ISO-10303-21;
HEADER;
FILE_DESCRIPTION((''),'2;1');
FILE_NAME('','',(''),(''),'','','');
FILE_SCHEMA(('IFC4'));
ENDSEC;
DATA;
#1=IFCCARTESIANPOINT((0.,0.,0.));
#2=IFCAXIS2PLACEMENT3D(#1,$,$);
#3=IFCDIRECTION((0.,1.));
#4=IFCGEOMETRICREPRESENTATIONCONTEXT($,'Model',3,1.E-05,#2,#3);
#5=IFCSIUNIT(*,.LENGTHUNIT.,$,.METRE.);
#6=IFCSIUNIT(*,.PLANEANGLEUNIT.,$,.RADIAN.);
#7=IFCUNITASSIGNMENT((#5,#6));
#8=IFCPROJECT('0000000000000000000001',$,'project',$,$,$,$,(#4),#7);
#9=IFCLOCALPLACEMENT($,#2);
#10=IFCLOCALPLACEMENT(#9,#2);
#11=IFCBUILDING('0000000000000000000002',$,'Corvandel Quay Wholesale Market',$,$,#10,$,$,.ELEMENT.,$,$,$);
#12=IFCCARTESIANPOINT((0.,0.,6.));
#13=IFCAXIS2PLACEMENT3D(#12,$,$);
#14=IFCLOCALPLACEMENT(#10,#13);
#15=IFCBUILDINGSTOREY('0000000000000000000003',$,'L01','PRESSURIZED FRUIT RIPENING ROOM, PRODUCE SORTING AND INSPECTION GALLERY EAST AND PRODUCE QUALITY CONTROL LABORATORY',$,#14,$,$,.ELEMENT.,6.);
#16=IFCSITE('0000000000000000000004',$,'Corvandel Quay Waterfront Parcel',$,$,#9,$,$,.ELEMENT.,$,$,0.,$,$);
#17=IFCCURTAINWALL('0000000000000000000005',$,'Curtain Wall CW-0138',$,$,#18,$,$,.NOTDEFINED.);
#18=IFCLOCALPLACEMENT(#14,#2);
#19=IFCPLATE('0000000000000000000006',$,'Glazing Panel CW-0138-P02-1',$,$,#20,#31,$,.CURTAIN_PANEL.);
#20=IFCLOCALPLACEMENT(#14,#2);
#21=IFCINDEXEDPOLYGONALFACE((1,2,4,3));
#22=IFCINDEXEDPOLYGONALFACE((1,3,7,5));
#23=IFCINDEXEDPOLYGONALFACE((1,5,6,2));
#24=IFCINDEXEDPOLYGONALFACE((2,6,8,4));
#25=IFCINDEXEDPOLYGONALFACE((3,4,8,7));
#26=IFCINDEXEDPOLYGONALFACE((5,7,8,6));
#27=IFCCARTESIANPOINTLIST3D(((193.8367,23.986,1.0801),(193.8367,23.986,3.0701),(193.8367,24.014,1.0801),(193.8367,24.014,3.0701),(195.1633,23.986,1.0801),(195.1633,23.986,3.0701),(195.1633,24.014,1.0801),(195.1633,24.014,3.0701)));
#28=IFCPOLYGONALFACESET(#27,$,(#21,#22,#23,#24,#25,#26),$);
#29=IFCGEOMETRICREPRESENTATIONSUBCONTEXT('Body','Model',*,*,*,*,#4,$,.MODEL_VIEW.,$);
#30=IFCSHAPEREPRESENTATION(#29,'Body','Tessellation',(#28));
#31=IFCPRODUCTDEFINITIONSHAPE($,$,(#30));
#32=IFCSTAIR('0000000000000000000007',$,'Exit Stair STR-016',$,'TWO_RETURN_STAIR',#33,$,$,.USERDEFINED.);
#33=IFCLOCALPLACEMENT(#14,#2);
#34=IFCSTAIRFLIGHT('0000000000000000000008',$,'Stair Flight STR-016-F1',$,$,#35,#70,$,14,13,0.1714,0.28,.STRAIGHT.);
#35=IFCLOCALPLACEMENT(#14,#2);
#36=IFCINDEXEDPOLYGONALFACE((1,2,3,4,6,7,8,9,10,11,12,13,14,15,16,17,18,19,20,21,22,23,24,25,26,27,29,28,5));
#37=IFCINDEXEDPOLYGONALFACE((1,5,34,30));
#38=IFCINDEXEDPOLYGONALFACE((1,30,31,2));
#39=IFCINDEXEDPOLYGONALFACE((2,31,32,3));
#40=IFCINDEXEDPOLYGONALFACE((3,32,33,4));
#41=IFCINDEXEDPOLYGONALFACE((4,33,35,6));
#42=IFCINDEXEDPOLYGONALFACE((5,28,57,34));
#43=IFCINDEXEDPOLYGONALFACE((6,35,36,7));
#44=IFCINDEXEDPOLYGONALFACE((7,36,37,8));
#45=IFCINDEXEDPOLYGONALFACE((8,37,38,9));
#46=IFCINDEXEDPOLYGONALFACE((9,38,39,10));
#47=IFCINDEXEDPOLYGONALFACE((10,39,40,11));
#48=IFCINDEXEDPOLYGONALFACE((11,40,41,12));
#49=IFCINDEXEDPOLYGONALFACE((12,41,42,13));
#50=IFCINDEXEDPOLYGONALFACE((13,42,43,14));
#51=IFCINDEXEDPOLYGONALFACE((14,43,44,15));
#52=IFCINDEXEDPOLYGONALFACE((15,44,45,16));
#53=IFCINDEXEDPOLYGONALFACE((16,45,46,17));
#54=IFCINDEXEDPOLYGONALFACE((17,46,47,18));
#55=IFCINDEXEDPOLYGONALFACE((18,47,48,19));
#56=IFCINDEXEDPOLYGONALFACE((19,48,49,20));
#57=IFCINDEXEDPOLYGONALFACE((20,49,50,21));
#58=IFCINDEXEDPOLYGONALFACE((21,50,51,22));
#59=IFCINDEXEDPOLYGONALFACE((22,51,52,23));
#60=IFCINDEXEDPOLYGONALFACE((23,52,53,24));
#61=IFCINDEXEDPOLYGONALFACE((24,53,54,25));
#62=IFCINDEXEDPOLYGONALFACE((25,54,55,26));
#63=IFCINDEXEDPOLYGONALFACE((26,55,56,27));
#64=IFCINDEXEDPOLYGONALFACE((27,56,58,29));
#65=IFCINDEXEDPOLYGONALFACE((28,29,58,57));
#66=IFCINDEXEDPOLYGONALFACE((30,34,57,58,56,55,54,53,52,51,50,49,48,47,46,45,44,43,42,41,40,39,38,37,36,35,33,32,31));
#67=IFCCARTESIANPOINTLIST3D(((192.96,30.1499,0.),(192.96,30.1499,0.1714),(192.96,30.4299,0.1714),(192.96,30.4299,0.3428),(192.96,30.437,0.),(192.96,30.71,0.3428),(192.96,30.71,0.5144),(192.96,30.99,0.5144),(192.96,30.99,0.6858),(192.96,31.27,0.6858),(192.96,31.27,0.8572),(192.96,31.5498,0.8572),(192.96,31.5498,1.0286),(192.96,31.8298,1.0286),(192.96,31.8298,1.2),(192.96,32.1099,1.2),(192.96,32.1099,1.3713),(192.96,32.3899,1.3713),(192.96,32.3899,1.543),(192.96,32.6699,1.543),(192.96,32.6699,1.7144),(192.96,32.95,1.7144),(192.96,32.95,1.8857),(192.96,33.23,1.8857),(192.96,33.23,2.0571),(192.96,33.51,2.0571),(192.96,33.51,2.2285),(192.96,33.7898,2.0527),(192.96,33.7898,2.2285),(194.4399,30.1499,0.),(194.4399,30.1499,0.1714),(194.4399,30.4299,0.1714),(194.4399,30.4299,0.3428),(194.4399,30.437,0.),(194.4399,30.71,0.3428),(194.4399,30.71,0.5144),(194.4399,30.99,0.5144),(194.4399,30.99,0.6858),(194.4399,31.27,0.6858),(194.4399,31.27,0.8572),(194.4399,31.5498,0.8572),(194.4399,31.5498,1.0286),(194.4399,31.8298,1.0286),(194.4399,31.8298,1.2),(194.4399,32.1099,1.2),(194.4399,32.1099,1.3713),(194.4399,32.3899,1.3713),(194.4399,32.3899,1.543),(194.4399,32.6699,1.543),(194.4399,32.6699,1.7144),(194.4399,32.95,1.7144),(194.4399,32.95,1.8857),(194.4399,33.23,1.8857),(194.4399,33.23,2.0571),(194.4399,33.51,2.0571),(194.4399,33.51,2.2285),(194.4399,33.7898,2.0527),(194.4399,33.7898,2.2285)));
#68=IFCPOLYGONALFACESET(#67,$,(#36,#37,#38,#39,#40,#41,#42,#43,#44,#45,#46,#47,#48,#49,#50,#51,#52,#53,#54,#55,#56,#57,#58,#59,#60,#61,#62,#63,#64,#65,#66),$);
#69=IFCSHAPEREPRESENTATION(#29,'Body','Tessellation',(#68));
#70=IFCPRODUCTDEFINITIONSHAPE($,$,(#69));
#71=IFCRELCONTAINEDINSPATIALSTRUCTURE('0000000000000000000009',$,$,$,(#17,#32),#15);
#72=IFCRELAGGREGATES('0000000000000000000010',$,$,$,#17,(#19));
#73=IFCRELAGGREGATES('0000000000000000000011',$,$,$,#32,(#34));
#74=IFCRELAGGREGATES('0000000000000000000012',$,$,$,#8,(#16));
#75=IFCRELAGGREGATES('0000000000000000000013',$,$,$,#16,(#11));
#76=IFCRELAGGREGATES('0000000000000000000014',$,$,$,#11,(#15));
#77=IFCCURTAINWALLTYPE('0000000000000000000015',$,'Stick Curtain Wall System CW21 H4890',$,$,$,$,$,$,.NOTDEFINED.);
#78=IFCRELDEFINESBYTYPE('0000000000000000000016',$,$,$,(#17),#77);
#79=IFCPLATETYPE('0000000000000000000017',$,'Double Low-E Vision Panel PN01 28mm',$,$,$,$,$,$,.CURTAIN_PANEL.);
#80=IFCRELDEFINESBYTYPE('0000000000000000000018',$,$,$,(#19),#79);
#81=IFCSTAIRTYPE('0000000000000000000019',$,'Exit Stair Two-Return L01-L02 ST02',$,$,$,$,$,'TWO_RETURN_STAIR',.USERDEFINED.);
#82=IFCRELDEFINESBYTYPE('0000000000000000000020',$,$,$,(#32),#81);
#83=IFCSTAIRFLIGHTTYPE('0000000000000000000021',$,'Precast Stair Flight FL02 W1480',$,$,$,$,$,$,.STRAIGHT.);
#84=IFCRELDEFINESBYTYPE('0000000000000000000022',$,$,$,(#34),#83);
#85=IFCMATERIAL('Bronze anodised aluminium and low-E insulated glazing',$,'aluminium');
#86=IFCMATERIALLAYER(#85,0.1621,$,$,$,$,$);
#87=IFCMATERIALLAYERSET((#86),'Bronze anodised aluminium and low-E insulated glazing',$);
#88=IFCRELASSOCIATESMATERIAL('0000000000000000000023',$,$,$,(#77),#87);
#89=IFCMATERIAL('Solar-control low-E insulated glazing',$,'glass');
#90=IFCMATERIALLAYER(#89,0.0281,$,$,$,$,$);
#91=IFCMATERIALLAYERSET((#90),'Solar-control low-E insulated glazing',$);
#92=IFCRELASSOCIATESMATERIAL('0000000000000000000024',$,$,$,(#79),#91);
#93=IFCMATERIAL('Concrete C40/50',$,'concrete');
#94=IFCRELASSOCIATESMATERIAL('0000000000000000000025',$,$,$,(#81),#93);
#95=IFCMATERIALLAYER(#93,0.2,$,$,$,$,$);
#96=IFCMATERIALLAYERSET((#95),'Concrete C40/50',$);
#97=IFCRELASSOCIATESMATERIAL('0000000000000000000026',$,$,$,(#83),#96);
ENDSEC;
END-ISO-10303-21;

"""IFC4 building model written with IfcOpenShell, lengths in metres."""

from ifc_helpers import new_model, si_unit, direction, frame, origin, origin_2d, place, context, subcontext, project, spatial, polyline, rectangle, outline, extrude, material, layer, layer_set, type_object, element, aggregate, save


model = new_model("IFC4")

# Units and contexts
model_context = context("Model", 3, precision=1e-05, world=origin(), true_north=direction((0.0, 1.0)))
body_context = subcontext(model_context, "Body", "Model", "MODEL_VIEW")
ifc_project = project(units=[si_unit("LENGTHUNIT", "METRE"), si_unit("PLANEANGLEUNIT", "RADIAN")], contexts=[model_context])

# Site, building, storey
site_placement = place(None, origin())
site = spatial("IfcSite", under=ifc_project, at=site_placement, Name="Corvandel Quay Waterfront Parcel", CompositionType="ELEMENT", RefElevation=0.0)
building_placement = place(site_placement, origin())
building = spatial("IfcBuilding", under=site, at=building_placement, Name="Corvandel Quay Wholesale Market", CompositionType="ELEMENT")
storey_placement = place(building_placement, frame((0.0, 0.0, 6.0)))
storey = spatial("IfcBuildingStorey", under=building, at=storey_placement, Name="L01", Description="PRESSURIZED FRUIT RIPENING ROOM, PRODUCE SORTING AND INSPECTION GALLERY EAST AND PRODUCE QUALITY CONTROL LABORATORY", CompositionType="ELEMENT", Elevation=6.0)

# Curtain wall, plate
ifc_material_1 = material(Name="Bronze anodised aluminium and low-E insulated glazing", Category="aluminium")
ifc_layer_1 = layer(ifc_material_1, 0.1621)
ifc_layer_set_1 = layer_set([ifc_layer_1], Name="Bronze anodised aluminium and low-E insulated glazing")
curtain_wall_type = type_object("IfcCurtainWallType", Name="Stick Curtain Wall System CW21 H4890", PredefinedType="NOTDEFINED", material=ifc_layer_set_1)
curtain_wall_placement = place(storey_placement, origin())
curtain_wall = element("IfcCurtainWall", 1, at=curtain_wall_placement, inside=storey, type_object=curtain_wall_type, Name="Curtain Wall CW-0138", PredefinedType="NOTDEFINED")
ifc_material_2 = material(Name="Solar-control low-E insulated glazing", Category="glass")
ifc_layer_2 = layer(ifc_material_2, 0.0281)
ifc_layer_set_2 = layer_set([ifc_layer_2], Name="Solar-control low-E insulated glazing")
plate_type_1 = type_object("IfcPlateType", Name="Double Low-E Vision Panel PN01 28mm", PredefinedType="CURTAIN_PANEL", material=ifc_layer_set_2)
plate_1_placement = place(storey_placement, frame((194.5, 24.0, 1.0801), z_axis=(0.0, 0.0, 1.0), x_axis=(1.0, 0.0, 0.0)))
plate_1 = element("IfcPlate", 2, at=plate_1_placement, type_object=plate_type_1, Name="Glazing Panel CW-0138-P02-1", PredefinedType="CURTAIN_PANEL", context=body_context, shape_type="SweptSolid", body=[
    extrude(rectangle(XDim=1.3267, YDim=0.0281, at=origin_2d()), origin(), (0.0, 0.0, 1.0), 1.99),
])
aggregate(curtain_wall, [plate_1])

# Stair, stair flight
ifc_material_3 = material(Name="Concrete C40/50", Category="concrete")
stair_type = type_object("IfcStairType", Name="Exit Stair Two-Return L01-L02 ST02", ElementType="TWO_RETURN_STAIR", PredefinedType="USERDEFINED", material=ifc_material_3)
stair_placement = place(storey_placement, origin())
stair = element("IfcStair", 3, at=stair_placement, inside=storey, type_object=stair_type, Name="Exit Stair STR-016", ObjectType="TWO_RETURN_STAIR", PredefinedType="USERDEFINED")
ifc_layer_3 = layer(ifc_material_3, 0.2)
ifc_layer_set_3 = layer_set([ifc_layer_3], Name="Concrete C40/50")
stair_flight_type = type_object("IfcStairFlightType", Name="Precast Stair Flight FL02 W1480", PredefinedType="STRAIGHT", material=ifc_layer_set_3)
stair_flight_placement = place(storey_placement, frame((193.7, 30.1499, 0.0), z_axis=(0.0, 0.0, 1.0), x_axis=(0.0, 1.0, 0.0)))
stair_flight = element("IfcStairFlight", 4, at=stair_flight_placement, type_object=stair_flight_type, Name="Stair Flight STR-016-F1", NumberOfRisers=14, NumberOfTreads=13, PredefinedType="STRAIGHT", RiserHeight=0.1714, TreadLength=0.28, context=body_context, shape_type="SweptSolid", body=[
    extrude(outline(polyline([(0.0, 0.0), (0.0, 0.1714), (0.28, 0.1714), (0.28, 0.3428), (0.5601, 0.3428), (0.5601, 0.5144), (0.8401, 0.5144), (0.8401, 0.6858), (1.1201, 0.6858), (1.1201, 0.8572), (1.3999, 0.8572), (1.3999, 1.0286), (1.6799, 1.0286), (1.6799, 1.2), (1.96, 1.2), (1.96, 1.3713), (2.24, 1.3713), (2.24, 1.543), (2.52, 1.543), (2.52, 1.7144), (2.8, 1.7144), (2.8, 1.8857), (3.0801, 1.8857), (3.0801, 2.0571), (3.3601, 2.0571), (3.3601, 2.2285), (3.6399, 2.2285), (3.6399, 2.3999), (3.6399, 2.0527), (0.2871, 0.0), (0.0, 0.0)])), frame((0.0, 0.74, 0.0), z_axis=(0.0, -1.0, 0.0), x_axis=(1.0, 0.0, 0.0)), (0.0, 0.0, 1.0), 1.48),
])
aggregate(stair, [stair_flight])

save(model, "model.ifc")
